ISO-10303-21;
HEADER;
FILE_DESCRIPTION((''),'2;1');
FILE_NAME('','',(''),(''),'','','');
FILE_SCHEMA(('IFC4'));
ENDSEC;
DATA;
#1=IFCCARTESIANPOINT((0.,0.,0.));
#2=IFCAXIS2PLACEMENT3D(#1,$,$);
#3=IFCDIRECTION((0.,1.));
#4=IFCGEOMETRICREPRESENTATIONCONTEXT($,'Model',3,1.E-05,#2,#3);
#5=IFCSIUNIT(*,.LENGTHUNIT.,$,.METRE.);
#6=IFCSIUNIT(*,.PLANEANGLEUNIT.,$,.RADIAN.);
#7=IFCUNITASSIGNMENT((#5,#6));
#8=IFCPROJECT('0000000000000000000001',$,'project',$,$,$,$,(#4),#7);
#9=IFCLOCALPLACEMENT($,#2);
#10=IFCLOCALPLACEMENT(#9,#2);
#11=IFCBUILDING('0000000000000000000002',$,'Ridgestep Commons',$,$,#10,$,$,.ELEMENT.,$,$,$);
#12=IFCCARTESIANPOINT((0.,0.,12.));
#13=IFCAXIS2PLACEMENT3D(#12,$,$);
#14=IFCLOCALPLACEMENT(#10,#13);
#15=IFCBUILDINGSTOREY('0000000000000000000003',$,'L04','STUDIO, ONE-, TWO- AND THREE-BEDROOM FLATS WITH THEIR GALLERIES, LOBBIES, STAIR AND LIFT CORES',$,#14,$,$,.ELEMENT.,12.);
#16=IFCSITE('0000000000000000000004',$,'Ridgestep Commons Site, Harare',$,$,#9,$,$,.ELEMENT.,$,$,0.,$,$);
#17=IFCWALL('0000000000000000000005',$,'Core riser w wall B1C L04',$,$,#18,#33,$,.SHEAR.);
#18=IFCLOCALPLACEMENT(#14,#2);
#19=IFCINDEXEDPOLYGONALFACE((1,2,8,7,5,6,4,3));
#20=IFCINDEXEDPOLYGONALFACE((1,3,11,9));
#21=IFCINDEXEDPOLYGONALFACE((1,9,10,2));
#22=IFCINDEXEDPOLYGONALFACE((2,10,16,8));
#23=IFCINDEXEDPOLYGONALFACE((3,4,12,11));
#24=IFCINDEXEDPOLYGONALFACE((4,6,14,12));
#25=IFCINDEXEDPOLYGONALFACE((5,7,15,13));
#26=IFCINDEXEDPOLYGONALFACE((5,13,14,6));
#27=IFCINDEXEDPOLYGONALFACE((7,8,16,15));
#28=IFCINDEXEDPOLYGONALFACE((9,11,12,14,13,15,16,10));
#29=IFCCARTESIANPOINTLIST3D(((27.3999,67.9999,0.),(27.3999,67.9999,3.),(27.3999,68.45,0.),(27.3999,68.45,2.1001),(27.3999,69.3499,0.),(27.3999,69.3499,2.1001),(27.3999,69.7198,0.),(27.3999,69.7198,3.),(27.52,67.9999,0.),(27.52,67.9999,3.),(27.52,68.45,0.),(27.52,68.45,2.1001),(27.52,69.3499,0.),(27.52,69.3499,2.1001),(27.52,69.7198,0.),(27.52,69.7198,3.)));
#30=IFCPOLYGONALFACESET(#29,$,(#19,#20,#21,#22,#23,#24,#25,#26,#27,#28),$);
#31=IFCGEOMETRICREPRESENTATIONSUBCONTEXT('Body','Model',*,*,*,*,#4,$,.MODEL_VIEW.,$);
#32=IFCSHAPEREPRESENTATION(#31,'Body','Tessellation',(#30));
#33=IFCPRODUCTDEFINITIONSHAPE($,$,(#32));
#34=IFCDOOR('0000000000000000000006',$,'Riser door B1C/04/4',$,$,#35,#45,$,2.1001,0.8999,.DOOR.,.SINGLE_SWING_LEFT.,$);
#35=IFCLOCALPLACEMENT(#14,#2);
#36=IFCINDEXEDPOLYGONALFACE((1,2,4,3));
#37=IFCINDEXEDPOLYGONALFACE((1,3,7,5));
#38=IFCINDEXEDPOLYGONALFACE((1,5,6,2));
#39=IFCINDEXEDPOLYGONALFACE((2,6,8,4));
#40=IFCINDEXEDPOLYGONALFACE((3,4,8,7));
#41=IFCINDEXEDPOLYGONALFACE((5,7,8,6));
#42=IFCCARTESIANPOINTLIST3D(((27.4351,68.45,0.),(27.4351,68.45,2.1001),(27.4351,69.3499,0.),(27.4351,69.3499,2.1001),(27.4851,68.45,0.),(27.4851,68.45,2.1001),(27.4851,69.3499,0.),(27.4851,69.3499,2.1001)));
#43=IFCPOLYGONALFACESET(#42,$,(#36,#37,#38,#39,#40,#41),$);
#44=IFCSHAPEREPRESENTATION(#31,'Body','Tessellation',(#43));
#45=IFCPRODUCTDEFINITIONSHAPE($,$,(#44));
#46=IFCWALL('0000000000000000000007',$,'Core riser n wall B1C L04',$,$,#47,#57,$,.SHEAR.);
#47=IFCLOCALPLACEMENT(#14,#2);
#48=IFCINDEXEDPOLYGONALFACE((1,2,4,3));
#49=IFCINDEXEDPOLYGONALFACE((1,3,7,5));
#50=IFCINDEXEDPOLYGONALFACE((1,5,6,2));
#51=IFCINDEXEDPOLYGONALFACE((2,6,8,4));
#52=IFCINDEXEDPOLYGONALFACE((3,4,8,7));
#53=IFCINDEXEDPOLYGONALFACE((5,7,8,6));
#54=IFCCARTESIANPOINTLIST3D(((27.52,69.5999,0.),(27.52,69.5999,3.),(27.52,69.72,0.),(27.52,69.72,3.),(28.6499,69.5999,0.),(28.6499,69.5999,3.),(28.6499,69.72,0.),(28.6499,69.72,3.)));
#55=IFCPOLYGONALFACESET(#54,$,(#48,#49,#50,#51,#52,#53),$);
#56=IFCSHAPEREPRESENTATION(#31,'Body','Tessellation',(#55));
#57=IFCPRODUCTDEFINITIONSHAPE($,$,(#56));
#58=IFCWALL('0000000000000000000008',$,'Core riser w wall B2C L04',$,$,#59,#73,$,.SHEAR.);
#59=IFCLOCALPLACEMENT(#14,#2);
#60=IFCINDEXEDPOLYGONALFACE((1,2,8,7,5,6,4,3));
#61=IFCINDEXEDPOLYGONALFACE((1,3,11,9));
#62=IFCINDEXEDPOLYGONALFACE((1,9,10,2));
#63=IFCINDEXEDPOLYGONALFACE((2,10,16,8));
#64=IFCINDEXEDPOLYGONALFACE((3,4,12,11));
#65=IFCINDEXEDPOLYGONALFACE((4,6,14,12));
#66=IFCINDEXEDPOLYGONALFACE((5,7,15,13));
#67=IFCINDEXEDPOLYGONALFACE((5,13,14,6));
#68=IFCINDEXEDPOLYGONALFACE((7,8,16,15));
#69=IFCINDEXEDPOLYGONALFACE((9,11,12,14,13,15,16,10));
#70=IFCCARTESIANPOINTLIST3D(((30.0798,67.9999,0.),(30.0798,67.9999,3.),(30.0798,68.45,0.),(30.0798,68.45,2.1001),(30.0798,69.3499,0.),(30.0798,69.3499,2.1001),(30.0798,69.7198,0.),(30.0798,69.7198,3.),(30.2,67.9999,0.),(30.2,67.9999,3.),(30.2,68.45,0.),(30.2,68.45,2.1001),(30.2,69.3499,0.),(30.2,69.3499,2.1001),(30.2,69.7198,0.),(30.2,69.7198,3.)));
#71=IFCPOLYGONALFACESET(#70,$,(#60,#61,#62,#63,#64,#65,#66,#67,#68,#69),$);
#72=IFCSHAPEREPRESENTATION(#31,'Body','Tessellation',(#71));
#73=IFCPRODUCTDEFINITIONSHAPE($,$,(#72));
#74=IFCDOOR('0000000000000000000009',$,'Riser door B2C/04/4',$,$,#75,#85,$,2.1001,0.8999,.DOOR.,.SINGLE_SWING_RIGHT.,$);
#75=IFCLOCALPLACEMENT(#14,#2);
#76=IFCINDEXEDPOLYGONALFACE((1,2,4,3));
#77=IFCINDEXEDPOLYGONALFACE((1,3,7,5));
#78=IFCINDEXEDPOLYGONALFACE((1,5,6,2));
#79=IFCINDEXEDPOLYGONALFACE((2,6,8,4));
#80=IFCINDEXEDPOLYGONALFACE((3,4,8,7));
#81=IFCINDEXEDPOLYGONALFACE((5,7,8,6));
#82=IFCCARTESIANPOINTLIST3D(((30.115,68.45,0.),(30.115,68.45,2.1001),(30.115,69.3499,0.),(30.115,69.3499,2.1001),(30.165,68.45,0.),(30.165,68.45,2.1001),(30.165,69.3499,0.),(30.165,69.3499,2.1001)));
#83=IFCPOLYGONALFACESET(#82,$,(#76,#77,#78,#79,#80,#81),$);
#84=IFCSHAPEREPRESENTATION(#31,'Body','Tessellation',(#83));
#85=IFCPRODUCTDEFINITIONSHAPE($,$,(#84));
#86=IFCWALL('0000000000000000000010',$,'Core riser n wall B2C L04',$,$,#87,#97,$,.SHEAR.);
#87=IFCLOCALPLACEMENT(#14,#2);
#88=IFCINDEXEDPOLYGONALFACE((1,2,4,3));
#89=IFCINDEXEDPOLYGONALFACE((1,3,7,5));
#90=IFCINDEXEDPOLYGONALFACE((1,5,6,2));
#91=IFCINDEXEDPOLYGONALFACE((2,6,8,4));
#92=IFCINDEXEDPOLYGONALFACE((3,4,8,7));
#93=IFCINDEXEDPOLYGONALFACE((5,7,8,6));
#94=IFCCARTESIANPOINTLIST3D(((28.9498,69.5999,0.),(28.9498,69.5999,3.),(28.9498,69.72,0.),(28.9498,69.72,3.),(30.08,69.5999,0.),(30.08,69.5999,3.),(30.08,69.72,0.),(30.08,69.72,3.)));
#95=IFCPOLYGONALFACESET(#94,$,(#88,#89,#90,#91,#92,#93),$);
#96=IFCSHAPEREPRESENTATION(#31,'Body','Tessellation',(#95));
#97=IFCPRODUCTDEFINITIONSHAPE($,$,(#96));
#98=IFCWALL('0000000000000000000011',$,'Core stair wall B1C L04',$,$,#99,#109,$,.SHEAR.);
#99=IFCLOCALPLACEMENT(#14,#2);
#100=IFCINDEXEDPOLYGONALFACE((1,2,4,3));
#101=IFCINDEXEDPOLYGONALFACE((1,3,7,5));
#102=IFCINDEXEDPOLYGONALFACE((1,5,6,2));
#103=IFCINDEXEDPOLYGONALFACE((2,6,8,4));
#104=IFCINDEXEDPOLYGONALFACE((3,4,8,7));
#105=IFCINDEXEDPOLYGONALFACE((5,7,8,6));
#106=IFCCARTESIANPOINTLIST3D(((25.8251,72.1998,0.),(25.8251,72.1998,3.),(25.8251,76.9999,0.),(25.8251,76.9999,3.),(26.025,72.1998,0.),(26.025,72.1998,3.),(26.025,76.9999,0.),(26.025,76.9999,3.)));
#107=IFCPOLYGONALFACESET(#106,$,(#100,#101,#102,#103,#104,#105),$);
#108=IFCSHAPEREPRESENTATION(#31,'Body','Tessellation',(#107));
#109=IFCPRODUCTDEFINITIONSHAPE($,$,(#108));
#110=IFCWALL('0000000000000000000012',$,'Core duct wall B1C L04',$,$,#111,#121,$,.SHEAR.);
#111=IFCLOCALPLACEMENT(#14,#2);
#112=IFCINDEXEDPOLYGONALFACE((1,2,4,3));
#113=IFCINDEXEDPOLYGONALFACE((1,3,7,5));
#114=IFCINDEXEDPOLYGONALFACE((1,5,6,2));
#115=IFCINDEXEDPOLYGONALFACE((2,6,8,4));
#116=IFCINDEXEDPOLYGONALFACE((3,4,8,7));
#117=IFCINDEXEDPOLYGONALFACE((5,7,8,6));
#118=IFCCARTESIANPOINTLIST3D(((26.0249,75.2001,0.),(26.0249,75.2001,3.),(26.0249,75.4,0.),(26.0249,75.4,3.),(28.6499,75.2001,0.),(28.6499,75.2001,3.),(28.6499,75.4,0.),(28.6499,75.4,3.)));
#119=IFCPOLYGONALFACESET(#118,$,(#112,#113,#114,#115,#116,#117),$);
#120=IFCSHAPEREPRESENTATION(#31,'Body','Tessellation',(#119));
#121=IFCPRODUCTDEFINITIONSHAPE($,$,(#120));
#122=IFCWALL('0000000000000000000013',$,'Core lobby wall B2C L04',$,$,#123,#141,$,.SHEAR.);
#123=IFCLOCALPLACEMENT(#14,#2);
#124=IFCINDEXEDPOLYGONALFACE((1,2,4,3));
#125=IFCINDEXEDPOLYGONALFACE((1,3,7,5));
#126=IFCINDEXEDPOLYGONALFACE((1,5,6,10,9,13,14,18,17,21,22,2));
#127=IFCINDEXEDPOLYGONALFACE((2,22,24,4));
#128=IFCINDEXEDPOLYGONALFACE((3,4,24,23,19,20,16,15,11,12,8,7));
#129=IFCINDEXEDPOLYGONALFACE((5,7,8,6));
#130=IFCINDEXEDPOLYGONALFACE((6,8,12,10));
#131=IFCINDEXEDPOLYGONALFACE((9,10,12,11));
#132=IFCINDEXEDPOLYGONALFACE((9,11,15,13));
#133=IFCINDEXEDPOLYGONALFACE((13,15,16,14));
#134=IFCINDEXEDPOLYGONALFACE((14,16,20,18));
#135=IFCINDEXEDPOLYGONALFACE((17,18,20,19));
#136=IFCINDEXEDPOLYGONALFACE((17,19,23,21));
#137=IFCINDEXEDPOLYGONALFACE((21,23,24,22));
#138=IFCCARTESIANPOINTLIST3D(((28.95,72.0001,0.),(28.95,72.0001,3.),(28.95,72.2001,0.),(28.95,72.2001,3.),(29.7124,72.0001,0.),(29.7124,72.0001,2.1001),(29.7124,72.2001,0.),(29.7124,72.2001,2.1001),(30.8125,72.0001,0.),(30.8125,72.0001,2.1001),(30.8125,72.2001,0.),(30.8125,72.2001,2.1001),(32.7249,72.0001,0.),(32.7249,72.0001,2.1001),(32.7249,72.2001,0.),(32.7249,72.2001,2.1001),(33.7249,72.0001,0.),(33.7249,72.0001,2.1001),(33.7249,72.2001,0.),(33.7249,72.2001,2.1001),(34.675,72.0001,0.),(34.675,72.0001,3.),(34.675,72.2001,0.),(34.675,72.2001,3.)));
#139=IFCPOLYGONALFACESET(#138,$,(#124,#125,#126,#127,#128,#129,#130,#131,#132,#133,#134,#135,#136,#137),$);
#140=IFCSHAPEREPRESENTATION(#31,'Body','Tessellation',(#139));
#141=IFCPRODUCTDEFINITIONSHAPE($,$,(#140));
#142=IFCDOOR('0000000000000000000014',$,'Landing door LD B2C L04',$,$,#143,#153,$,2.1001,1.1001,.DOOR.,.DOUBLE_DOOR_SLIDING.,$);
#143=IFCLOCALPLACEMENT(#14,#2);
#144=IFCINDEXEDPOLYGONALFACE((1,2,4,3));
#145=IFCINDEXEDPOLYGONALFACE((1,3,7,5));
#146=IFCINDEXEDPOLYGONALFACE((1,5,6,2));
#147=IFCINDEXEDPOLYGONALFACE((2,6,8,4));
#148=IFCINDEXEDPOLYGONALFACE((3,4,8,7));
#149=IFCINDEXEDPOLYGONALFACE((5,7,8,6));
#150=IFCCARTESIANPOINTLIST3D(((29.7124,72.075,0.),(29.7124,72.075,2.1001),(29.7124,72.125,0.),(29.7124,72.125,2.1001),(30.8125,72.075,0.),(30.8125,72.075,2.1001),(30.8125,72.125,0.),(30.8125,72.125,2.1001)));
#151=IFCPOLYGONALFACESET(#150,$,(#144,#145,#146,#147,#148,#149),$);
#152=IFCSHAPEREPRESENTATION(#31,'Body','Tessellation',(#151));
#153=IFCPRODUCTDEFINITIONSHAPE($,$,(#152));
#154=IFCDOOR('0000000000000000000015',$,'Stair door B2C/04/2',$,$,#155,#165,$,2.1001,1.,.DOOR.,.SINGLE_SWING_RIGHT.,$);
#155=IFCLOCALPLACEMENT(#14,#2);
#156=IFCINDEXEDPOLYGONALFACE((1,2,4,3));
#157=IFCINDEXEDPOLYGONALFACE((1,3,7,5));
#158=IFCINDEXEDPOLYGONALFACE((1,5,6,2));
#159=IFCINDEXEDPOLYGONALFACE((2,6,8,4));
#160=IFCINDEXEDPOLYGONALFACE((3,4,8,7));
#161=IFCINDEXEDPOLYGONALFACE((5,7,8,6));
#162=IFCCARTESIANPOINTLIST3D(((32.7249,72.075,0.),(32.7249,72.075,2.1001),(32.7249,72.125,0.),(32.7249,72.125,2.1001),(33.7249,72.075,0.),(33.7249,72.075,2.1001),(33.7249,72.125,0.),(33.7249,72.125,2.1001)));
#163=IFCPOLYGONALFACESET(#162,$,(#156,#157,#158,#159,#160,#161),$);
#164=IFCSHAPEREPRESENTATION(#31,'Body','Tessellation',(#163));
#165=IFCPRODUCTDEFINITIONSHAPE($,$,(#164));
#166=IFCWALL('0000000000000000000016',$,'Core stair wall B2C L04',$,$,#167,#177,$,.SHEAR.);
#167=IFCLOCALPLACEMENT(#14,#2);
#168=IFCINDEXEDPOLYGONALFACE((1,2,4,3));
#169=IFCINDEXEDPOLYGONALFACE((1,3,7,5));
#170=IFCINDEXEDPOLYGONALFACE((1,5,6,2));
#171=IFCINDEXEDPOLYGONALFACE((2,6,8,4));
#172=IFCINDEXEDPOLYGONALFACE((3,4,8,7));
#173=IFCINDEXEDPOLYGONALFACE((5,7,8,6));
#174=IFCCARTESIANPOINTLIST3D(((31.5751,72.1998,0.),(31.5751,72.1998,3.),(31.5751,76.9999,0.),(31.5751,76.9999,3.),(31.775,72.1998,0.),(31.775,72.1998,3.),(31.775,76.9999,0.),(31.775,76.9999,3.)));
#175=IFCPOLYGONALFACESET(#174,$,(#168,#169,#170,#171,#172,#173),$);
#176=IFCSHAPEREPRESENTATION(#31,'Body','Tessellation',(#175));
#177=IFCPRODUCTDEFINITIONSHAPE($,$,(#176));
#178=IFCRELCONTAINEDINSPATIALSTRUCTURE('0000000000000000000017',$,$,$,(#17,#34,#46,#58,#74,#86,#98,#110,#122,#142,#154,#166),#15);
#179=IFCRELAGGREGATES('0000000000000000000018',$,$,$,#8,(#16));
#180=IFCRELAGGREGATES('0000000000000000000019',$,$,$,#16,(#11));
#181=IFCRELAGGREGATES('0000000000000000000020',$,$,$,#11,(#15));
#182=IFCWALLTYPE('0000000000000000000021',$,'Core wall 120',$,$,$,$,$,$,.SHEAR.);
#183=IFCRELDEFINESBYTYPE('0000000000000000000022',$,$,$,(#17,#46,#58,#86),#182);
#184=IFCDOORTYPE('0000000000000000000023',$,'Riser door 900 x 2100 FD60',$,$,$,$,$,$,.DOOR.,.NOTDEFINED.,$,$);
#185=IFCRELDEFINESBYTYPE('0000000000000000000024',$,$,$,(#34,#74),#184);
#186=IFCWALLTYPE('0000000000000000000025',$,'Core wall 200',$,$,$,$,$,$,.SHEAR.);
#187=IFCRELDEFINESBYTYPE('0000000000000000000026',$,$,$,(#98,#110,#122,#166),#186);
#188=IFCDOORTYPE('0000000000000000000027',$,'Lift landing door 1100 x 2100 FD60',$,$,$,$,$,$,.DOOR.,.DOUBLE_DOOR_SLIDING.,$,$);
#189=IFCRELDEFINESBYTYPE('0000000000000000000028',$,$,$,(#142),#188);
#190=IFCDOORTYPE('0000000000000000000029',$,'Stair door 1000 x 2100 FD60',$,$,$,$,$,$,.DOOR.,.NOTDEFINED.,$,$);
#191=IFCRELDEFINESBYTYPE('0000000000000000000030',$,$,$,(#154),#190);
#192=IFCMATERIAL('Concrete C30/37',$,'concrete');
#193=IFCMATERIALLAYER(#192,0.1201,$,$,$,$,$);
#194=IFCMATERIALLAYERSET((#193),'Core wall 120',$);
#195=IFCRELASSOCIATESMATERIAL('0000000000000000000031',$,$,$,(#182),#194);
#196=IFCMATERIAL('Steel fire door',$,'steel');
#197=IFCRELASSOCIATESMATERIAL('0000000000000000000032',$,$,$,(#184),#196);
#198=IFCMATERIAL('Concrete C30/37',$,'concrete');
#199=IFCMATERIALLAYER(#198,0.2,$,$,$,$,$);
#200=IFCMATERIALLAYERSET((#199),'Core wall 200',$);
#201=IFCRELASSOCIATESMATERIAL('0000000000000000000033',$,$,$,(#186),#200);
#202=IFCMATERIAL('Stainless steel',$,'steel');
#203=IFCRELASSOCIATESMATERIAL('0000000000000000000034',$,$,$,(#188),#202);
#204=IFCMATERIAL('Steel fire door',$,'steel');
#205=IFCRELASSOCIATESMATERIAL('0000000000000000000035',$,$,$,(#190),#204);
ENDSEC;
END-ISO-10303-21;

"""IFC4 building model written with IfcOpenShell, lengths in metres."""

from ifc_helpers import new_model, si_unit, direction, frame, frame_2d, origin, place, context, subcontext, project, spatial, rectangle, extrude, material, layer, layer_set, type_object, element, fill, save


model = new_model("IFC4")

# Units and contexts
model_context = context("Model", 3, precision=1e-05, world=origin(), true_north=direction((0.0, 1.0)))
body_context = subcontext(model_context, "Body", "Model", "MODEL_VIEW")
ifc_project = project(units=[si_unit("LENGTHUNIT", "METRE"), si_unit("PLANEANGLEUNIT", "RADIAN")], contexts=[model_context])

# Site, building, storey
site_placement = place(None, origin())
site = spatial("IfcSite", under=ifc_project, at=site_placement, Name="Ridgestep Commons Site, Harare", CompositionType="ELEMENT", RefElevation=0.0)
building_placement = place(site_placement, origin())
building = spatial("IfcBuilding", under=site, at=building_placement, Name="Ridgestep Commons", CompositionType="ELEMENT")
storey_placement = place(building_placement, frame((0.0, 0.0, 12.0)))
storey = spatial("IfcBuildingStorey", under=building, at=storey_placement, Name="L04", Description="STUDIO, ONE-, TWO- AND THREE-BEDROOM FLATS WITH THEIR GALLERIES, LOBBIES, STAIR AND LIFT CORES", CompositionType="ELEMENT", Elevation=12.0)

# Wall, opening, door
ifc_material_1 = material(Name="Concrete C30/37", Category="concrete")
ifc_layer_1 = layer(ifc_material_1, 0.1201)
ifc_layer_set_1 = layer_set([ifc_layer_1], Name="Core wall 120")
wall_type_1 = type_object("IfcWallType", Name="Core wall 120", PredefinedType="SHEAR", material=ifc_layer_set_1)
wall_1_placement = place(storey_placement, frame((27.46, 68.0, 0.0), z_axis=(0.0, 0.0, 1.0), x_axis=(0.0, 1.0, 0.0)))
wall_1 = element("IfcWall", 1, at=wall_1_placement, inside=storey, type_object=wall_type_1, Name="Core riser w wall B1C L04", PredefinedType="SHEAR", context=body_context, shape_type="SweptSolid", body=[
    extrude(rectangle(XDim=1.72, YDim=0.1201, at=frame_2d((0.8599, 0.0))), origin(), (0.0, 0.0, 1.0), 3.0),
])
opening_1_placement = place(wall_1_placement, frame((0.45, 0.0, 0.0)))
opening_1 = element("IfcOpeningElement", 2, at=opening_1_placement, cuts=wall_1, PredefinedType="OPENING", context=body_context, shape_type="SweptSolid", body=[
    extrude(rectangle(XDim=0.8999, YDim=2.1001, at=frame_2d((0.45, 1.05))), frame((0.0, 0.0701, 0.0), z_axis=(0.0, -1.0, 0.0), x_axis=(1.0, 0.0, 0.0)), (0.0, 0.0, 1.0), 0.1401),
])
ifc_material_2 = material(Name="Steel fire door", Category="steel")
door_type_1 = type_object("IfcDoorType", Name="Riser door 900 x 2100 FD60", OperationType="NOTDEFINED", PredefinedType="DOOR", material=ifc_material_2)
door_1_placement = place(opening_1_placement, origin())
door_1 = element("IfcDoor", 3, at=door_1_placement, inside=storey, type_object=door_type_1, Name="Riser door B1C/04/4", OperationType="SINGLE_SWING_LEFT", OverallHeight=2.1001, OverallWidth=0.8999, PredefinedType="DOOR", context=body_context, shape_type="SweptSolid", body=[
    extrude(rectangle(XDim=0.8999, YDim=2.1001, at=frame_2d((0.45, 1.05))), frame((0.0, 0.0249, 0.0), z_axis=(0.0, -1.0, 0.0), x_axis=(1.0, 0.0, 0.0)), (0.0, 0.0, 1.0), 0.05),
])
fill(opening_1, door_1)

# Wall
wall_2_placement = place(storey_placement, frame((27.52, 69.6599, 0.0), z_axis=(0.0, 0.0, 1.0), x_axis=(1.0, 0.0, 0.0)))
element("IfcWall", 4, at=wall_2_placement, inside=storey, type_object=wall_type_1, Name="Core riser n wall B1C L04", PredefinedType="SHEAR", context=body_context, shape_type="SweptSolid", body=[
    extrude(rectangle(XDim=1.1299, YDim=0.1201, at=frame_2d((0.5649, 0.0))), origin(), (0.0, 0.0, 1.0), 3.0),
])

# Wall, opening, door
wall_3_placement = place(storey_placement, frame((30.1399, 68.0, 0.0), z_axis=(0.0, 0.0, 1.0), x_axis=(0.0, 1.0, 0.0)))
wall_3 = element("IfcWall", 5, at=wall_3_placement, inside=storey, type_object=wall_type_1, Name="Core riser w wall B2C L04", PredefinedType="SHEAR", context=body_context, shape_type="SweptSolid", body=[
    extrude(rectangle(XDim=1.72, YDim=0.1201, at=frame_2d((0.8599, 0.0))), origin(), (0.0, 0.0, 1.0), 3.0),
])
opening_2_placement = place(wall_3_placement, frame((0.45, 0.0, 0.0)))
opening_2 = element("IfcOpeningElement", 6, at=opening_2_placement, cuts=wall_3, PredefinedType="OPENING", context=body_context, shape_type="SweptSolid", body=[
    extrude(rectangle(XDim=0.8999, YDim=2.1001, at=frame_2d((0.45, 1.05))), frame((0.0, 0.0701, 0.0), z_axis=(0.0, -1.0, 0.0), x_axis=(1.0, 0.0, 0.0)), (0.0, 0.0, 1.0), 0.1401),
])
door_2_placement = place(opening_2_placement, origin())
door_2 = element("IfcDoor", 7, at=door_2_placement, inside=storey, type_object=door_type_1, Name="Riser door B2C/04/4", OperationType="SINGLE_SWING_RIGHT", OverallHeight=2.1001, OverallWidth=0.8999, PredefinedType="DOOR", context=body_context, shape_type="SweptSolid", body=[
    extrude(rectangle(XDim=0.8999, YDim=2.1001, at=frame_2d((0.45, 1.05))), frame((0.0, 0.0249, 0.0), z_axis=(0.0, -1.0, 0.0), x_axis=(1.0, 0.0, 0.0)), (0.0, 0.0, 1.0), 0.05),
])
fill(opening_2, door_2)

# Walls
wall_4_placement = place(storey_placement, frame((28.95, 69.6599, 0.0), z_axis=(0.0, 0.0, 1.0), x_axis=(1.0, 0.0, 0.0)))
element("IfcWall", 8, at=wall_4_placement, inside=storey, type_object=wall_type_1, Name="Core riser n wall B2C L04", PredefinedType="SHEAR", context=body_context, shape_type="SweptSolid", body=[
    extrude(rectangle(XDim=1.1301, YDim=0.1201, at=frame_2d((0.5649, 0.0))), origin(), (0.0, 0.0, 1.0), 3.0),
])
ifc_material_3 = material(Name="Concrete C30/37", Category="concrete")
ifc_layer_2 = layer(ifc_material_3, 0.2)
ifc_layer_set_2 = layer_set([ifc_layer_2], Name="Core wall 200")
wall_type_2 = type_object("IfcWallType", Name="Core wall 200", PredefinedType="SHEAR", material=ifc_layer_set_2)
wall_5_placement = place(storey_placement, frame((25.925, 72.2, 0.0), z_axis=(0.0, 0.0, 1.0), x_axis=(0.0, 1.0, 0.0)))
element("IfcWall", 9, at=wall_5_placement, inside=storey, type_object=wall_type_2, Name="Core stair wall B1C L04", PredefinedType="SHEAR", context=body_context, shape_type="SweptSolid", body=[
    extrude(rectangle(XDim=4.8, YDim=0.2, at=frame_2d((2.3999, 0.0))), origin(), (0.0, 0.0, 1.0), 3.0),
])
wall_6_placement = place(storey_placement, frame((26.0249, 75.3, 0.0), z_axis=(0.0, 0.0, 1.0), x_axis=(1.0, 0.0, 0.0)))
element("IfcWall", 10, at=wall_6_placement, inside=storey, type_object=wall_type_2, Name="Core duct wall B1C L04", PredefinedType="SHEAR", context=body_context, shape_type="SweptSolid", body=[
    extrude(rectangle(XDim=2.625, YDim=0.2, at=frame_2d((1.3125, 0.0))), origin(), (0.0, 0.0, 1.0), 3.0),
])

# Wall, openings, doors
wall_7_placement = place(storey_placement, frame((28.95, 72.1001, 0.0), z_axis=(0.0, 0.0, 1.0), x_axis=(1.0, 0.0, 0.0)))
wall_7 = element("IfcWall", 11, at=wall_7_placement, inside=storey, type_object=wall_type_2, Name="Core lobby wall B2C L04", PredefinedType="SHEAR", context=body_context, shape_type="SweptSolid", body=[
    extrude(rectangle(XDim=5.7251, YDim=0.2, at=frame_2d((2.8625, 0.0))), origin(), (0.0, 0.0, 1.0), 3.0),
])
opening_3_placement = place(wall_7_placement, frame((3.7749, 0.0, 0.0)))
opening_3 = element("IfcOpeningElement", 12, at=opening_3_placement, cuts=wall_7, PredefinedType="OPENING", context=body_context, shape_type="SweptSolid", body=[
    extrude(rectangle(XDim=1.0, YDim=2.1001, at=frame_2d((0.5, 1.05))), frame((0.0, 0.1099, 0.0), z_axis=(0.0, -1.0, 0.0), x_axis=(1.0, 0.0, 0.0)), (0.0, 0.0, 1.0), 0.22),
])
opening_4_placement = place(wall_7_placement, frame((0.7625, 0.0, 0.0)))
opening_4 = element("IfcOpeningElement", 13, at=opening_4_placement, cuts=wall_7, PredefinedType="OPENING", context=body_context, shape_type="SweptSolid", body=[
    extrude(rectangle(XDim=1.1001, YDim=2.1001, at=frame_2d((0.55, 1.05))), frame((0.0, 0.1099, 0.0), z_axis=(0.0, -1.0, 0.0), x_axis=(1.0, 0.0, 0.0)), (0.0, 0.0, 1.0), 0.22),
])
ifc_material_4 = material(Name="Stainless steel", Category="steel")
door_type_2 = type_object("IfcDoorType", Name="Lift landing door 1100 x 2100 FD60", OperationType="DOUBLE_DOOR_SLIDING", PredefinedType="DOOR", material=ifc_material_4)
door_3_placement = place(opening_4_placement, origin())
door_3 = element("IfcDoor", 14, at=door_3_placement, inside=storey, type_object=door_type_2, Name="Landing door LD B2C L04", OperationType="DOUBLE_DOOR_SLIDING", OverallHeight=2.1001, OverallWidth=1.1001, PredefinedType="DOOR", context=body_context, shape_type="SweptSolid", body=[
    extrude(rectangle(XDim=1.1001, YDim=2.1001, at=frame_2d((0.55, 1.05))), frame((0.0, 0.0249, 0.0), z_axis=(0.0, -1.0, 0.0), x_axis=(1.0, 0.0, 0.0)), (0.0, 0.0, 1.0), 0.05),
])
fill(opening_4, door_3)
ifc_material_5 = material(Name="Steel fire door", Category="steel")
door_type_3 = type_object("IfcDoorType", Name="Stair door 1000 x 2100 FD60", OperationType="NOTDEFINED", PredefinedType="DOOR", material=ifc_material_5)
door_4_placement = place(opening_3_placement, origin())
door_4 = element("IfcDoor", 15, at=door_4_placement, inside=storey, type_object=door_type_3, Name="Stair door B2C/04/2", OperationType="SINGLE_SWING_RIGHT", OverallHeight=2.1001, OverallWidth=1.0, PredefinedType="DOOR", context=body_context, shape_type="SweptSolid", body=[
    extrude(rectangle(XDim=1.0, YDim=2.1001, at=frame_2d((0.5, 1.05))), frame((0.0, 0.0249, 0.0), z_axis=(0.0, -1.0, 0.0), x_axis=(1.0, 0.0, 0.0)), (0.0, 0.0, 1.0), 0.05),
])
fill(opening_3, door_4)

# Wall
wall_8_placement = place(storey_placement, frame((31.675, 72.2, 0.0), z_axis=(0.0, 0.0, 1.0), x_axis=(0.0, 1.0, 0.0)))
element("IfcWall", 16, at=wall_8_placement, inside=storey, type_object=wall_type_2, Name="Core stair wall B2C L04", PredefinedType="SHEAR", context=body_context, shape_type="SweptSolid", body=[
    extrude(rectangle(XDim=4.8, YDim=0.2, at=frame_2d((2.3999, 0.0))), origin(), (0.0, 0.0, 1.0), 3.0),
])

save(model, "model.ifc")
